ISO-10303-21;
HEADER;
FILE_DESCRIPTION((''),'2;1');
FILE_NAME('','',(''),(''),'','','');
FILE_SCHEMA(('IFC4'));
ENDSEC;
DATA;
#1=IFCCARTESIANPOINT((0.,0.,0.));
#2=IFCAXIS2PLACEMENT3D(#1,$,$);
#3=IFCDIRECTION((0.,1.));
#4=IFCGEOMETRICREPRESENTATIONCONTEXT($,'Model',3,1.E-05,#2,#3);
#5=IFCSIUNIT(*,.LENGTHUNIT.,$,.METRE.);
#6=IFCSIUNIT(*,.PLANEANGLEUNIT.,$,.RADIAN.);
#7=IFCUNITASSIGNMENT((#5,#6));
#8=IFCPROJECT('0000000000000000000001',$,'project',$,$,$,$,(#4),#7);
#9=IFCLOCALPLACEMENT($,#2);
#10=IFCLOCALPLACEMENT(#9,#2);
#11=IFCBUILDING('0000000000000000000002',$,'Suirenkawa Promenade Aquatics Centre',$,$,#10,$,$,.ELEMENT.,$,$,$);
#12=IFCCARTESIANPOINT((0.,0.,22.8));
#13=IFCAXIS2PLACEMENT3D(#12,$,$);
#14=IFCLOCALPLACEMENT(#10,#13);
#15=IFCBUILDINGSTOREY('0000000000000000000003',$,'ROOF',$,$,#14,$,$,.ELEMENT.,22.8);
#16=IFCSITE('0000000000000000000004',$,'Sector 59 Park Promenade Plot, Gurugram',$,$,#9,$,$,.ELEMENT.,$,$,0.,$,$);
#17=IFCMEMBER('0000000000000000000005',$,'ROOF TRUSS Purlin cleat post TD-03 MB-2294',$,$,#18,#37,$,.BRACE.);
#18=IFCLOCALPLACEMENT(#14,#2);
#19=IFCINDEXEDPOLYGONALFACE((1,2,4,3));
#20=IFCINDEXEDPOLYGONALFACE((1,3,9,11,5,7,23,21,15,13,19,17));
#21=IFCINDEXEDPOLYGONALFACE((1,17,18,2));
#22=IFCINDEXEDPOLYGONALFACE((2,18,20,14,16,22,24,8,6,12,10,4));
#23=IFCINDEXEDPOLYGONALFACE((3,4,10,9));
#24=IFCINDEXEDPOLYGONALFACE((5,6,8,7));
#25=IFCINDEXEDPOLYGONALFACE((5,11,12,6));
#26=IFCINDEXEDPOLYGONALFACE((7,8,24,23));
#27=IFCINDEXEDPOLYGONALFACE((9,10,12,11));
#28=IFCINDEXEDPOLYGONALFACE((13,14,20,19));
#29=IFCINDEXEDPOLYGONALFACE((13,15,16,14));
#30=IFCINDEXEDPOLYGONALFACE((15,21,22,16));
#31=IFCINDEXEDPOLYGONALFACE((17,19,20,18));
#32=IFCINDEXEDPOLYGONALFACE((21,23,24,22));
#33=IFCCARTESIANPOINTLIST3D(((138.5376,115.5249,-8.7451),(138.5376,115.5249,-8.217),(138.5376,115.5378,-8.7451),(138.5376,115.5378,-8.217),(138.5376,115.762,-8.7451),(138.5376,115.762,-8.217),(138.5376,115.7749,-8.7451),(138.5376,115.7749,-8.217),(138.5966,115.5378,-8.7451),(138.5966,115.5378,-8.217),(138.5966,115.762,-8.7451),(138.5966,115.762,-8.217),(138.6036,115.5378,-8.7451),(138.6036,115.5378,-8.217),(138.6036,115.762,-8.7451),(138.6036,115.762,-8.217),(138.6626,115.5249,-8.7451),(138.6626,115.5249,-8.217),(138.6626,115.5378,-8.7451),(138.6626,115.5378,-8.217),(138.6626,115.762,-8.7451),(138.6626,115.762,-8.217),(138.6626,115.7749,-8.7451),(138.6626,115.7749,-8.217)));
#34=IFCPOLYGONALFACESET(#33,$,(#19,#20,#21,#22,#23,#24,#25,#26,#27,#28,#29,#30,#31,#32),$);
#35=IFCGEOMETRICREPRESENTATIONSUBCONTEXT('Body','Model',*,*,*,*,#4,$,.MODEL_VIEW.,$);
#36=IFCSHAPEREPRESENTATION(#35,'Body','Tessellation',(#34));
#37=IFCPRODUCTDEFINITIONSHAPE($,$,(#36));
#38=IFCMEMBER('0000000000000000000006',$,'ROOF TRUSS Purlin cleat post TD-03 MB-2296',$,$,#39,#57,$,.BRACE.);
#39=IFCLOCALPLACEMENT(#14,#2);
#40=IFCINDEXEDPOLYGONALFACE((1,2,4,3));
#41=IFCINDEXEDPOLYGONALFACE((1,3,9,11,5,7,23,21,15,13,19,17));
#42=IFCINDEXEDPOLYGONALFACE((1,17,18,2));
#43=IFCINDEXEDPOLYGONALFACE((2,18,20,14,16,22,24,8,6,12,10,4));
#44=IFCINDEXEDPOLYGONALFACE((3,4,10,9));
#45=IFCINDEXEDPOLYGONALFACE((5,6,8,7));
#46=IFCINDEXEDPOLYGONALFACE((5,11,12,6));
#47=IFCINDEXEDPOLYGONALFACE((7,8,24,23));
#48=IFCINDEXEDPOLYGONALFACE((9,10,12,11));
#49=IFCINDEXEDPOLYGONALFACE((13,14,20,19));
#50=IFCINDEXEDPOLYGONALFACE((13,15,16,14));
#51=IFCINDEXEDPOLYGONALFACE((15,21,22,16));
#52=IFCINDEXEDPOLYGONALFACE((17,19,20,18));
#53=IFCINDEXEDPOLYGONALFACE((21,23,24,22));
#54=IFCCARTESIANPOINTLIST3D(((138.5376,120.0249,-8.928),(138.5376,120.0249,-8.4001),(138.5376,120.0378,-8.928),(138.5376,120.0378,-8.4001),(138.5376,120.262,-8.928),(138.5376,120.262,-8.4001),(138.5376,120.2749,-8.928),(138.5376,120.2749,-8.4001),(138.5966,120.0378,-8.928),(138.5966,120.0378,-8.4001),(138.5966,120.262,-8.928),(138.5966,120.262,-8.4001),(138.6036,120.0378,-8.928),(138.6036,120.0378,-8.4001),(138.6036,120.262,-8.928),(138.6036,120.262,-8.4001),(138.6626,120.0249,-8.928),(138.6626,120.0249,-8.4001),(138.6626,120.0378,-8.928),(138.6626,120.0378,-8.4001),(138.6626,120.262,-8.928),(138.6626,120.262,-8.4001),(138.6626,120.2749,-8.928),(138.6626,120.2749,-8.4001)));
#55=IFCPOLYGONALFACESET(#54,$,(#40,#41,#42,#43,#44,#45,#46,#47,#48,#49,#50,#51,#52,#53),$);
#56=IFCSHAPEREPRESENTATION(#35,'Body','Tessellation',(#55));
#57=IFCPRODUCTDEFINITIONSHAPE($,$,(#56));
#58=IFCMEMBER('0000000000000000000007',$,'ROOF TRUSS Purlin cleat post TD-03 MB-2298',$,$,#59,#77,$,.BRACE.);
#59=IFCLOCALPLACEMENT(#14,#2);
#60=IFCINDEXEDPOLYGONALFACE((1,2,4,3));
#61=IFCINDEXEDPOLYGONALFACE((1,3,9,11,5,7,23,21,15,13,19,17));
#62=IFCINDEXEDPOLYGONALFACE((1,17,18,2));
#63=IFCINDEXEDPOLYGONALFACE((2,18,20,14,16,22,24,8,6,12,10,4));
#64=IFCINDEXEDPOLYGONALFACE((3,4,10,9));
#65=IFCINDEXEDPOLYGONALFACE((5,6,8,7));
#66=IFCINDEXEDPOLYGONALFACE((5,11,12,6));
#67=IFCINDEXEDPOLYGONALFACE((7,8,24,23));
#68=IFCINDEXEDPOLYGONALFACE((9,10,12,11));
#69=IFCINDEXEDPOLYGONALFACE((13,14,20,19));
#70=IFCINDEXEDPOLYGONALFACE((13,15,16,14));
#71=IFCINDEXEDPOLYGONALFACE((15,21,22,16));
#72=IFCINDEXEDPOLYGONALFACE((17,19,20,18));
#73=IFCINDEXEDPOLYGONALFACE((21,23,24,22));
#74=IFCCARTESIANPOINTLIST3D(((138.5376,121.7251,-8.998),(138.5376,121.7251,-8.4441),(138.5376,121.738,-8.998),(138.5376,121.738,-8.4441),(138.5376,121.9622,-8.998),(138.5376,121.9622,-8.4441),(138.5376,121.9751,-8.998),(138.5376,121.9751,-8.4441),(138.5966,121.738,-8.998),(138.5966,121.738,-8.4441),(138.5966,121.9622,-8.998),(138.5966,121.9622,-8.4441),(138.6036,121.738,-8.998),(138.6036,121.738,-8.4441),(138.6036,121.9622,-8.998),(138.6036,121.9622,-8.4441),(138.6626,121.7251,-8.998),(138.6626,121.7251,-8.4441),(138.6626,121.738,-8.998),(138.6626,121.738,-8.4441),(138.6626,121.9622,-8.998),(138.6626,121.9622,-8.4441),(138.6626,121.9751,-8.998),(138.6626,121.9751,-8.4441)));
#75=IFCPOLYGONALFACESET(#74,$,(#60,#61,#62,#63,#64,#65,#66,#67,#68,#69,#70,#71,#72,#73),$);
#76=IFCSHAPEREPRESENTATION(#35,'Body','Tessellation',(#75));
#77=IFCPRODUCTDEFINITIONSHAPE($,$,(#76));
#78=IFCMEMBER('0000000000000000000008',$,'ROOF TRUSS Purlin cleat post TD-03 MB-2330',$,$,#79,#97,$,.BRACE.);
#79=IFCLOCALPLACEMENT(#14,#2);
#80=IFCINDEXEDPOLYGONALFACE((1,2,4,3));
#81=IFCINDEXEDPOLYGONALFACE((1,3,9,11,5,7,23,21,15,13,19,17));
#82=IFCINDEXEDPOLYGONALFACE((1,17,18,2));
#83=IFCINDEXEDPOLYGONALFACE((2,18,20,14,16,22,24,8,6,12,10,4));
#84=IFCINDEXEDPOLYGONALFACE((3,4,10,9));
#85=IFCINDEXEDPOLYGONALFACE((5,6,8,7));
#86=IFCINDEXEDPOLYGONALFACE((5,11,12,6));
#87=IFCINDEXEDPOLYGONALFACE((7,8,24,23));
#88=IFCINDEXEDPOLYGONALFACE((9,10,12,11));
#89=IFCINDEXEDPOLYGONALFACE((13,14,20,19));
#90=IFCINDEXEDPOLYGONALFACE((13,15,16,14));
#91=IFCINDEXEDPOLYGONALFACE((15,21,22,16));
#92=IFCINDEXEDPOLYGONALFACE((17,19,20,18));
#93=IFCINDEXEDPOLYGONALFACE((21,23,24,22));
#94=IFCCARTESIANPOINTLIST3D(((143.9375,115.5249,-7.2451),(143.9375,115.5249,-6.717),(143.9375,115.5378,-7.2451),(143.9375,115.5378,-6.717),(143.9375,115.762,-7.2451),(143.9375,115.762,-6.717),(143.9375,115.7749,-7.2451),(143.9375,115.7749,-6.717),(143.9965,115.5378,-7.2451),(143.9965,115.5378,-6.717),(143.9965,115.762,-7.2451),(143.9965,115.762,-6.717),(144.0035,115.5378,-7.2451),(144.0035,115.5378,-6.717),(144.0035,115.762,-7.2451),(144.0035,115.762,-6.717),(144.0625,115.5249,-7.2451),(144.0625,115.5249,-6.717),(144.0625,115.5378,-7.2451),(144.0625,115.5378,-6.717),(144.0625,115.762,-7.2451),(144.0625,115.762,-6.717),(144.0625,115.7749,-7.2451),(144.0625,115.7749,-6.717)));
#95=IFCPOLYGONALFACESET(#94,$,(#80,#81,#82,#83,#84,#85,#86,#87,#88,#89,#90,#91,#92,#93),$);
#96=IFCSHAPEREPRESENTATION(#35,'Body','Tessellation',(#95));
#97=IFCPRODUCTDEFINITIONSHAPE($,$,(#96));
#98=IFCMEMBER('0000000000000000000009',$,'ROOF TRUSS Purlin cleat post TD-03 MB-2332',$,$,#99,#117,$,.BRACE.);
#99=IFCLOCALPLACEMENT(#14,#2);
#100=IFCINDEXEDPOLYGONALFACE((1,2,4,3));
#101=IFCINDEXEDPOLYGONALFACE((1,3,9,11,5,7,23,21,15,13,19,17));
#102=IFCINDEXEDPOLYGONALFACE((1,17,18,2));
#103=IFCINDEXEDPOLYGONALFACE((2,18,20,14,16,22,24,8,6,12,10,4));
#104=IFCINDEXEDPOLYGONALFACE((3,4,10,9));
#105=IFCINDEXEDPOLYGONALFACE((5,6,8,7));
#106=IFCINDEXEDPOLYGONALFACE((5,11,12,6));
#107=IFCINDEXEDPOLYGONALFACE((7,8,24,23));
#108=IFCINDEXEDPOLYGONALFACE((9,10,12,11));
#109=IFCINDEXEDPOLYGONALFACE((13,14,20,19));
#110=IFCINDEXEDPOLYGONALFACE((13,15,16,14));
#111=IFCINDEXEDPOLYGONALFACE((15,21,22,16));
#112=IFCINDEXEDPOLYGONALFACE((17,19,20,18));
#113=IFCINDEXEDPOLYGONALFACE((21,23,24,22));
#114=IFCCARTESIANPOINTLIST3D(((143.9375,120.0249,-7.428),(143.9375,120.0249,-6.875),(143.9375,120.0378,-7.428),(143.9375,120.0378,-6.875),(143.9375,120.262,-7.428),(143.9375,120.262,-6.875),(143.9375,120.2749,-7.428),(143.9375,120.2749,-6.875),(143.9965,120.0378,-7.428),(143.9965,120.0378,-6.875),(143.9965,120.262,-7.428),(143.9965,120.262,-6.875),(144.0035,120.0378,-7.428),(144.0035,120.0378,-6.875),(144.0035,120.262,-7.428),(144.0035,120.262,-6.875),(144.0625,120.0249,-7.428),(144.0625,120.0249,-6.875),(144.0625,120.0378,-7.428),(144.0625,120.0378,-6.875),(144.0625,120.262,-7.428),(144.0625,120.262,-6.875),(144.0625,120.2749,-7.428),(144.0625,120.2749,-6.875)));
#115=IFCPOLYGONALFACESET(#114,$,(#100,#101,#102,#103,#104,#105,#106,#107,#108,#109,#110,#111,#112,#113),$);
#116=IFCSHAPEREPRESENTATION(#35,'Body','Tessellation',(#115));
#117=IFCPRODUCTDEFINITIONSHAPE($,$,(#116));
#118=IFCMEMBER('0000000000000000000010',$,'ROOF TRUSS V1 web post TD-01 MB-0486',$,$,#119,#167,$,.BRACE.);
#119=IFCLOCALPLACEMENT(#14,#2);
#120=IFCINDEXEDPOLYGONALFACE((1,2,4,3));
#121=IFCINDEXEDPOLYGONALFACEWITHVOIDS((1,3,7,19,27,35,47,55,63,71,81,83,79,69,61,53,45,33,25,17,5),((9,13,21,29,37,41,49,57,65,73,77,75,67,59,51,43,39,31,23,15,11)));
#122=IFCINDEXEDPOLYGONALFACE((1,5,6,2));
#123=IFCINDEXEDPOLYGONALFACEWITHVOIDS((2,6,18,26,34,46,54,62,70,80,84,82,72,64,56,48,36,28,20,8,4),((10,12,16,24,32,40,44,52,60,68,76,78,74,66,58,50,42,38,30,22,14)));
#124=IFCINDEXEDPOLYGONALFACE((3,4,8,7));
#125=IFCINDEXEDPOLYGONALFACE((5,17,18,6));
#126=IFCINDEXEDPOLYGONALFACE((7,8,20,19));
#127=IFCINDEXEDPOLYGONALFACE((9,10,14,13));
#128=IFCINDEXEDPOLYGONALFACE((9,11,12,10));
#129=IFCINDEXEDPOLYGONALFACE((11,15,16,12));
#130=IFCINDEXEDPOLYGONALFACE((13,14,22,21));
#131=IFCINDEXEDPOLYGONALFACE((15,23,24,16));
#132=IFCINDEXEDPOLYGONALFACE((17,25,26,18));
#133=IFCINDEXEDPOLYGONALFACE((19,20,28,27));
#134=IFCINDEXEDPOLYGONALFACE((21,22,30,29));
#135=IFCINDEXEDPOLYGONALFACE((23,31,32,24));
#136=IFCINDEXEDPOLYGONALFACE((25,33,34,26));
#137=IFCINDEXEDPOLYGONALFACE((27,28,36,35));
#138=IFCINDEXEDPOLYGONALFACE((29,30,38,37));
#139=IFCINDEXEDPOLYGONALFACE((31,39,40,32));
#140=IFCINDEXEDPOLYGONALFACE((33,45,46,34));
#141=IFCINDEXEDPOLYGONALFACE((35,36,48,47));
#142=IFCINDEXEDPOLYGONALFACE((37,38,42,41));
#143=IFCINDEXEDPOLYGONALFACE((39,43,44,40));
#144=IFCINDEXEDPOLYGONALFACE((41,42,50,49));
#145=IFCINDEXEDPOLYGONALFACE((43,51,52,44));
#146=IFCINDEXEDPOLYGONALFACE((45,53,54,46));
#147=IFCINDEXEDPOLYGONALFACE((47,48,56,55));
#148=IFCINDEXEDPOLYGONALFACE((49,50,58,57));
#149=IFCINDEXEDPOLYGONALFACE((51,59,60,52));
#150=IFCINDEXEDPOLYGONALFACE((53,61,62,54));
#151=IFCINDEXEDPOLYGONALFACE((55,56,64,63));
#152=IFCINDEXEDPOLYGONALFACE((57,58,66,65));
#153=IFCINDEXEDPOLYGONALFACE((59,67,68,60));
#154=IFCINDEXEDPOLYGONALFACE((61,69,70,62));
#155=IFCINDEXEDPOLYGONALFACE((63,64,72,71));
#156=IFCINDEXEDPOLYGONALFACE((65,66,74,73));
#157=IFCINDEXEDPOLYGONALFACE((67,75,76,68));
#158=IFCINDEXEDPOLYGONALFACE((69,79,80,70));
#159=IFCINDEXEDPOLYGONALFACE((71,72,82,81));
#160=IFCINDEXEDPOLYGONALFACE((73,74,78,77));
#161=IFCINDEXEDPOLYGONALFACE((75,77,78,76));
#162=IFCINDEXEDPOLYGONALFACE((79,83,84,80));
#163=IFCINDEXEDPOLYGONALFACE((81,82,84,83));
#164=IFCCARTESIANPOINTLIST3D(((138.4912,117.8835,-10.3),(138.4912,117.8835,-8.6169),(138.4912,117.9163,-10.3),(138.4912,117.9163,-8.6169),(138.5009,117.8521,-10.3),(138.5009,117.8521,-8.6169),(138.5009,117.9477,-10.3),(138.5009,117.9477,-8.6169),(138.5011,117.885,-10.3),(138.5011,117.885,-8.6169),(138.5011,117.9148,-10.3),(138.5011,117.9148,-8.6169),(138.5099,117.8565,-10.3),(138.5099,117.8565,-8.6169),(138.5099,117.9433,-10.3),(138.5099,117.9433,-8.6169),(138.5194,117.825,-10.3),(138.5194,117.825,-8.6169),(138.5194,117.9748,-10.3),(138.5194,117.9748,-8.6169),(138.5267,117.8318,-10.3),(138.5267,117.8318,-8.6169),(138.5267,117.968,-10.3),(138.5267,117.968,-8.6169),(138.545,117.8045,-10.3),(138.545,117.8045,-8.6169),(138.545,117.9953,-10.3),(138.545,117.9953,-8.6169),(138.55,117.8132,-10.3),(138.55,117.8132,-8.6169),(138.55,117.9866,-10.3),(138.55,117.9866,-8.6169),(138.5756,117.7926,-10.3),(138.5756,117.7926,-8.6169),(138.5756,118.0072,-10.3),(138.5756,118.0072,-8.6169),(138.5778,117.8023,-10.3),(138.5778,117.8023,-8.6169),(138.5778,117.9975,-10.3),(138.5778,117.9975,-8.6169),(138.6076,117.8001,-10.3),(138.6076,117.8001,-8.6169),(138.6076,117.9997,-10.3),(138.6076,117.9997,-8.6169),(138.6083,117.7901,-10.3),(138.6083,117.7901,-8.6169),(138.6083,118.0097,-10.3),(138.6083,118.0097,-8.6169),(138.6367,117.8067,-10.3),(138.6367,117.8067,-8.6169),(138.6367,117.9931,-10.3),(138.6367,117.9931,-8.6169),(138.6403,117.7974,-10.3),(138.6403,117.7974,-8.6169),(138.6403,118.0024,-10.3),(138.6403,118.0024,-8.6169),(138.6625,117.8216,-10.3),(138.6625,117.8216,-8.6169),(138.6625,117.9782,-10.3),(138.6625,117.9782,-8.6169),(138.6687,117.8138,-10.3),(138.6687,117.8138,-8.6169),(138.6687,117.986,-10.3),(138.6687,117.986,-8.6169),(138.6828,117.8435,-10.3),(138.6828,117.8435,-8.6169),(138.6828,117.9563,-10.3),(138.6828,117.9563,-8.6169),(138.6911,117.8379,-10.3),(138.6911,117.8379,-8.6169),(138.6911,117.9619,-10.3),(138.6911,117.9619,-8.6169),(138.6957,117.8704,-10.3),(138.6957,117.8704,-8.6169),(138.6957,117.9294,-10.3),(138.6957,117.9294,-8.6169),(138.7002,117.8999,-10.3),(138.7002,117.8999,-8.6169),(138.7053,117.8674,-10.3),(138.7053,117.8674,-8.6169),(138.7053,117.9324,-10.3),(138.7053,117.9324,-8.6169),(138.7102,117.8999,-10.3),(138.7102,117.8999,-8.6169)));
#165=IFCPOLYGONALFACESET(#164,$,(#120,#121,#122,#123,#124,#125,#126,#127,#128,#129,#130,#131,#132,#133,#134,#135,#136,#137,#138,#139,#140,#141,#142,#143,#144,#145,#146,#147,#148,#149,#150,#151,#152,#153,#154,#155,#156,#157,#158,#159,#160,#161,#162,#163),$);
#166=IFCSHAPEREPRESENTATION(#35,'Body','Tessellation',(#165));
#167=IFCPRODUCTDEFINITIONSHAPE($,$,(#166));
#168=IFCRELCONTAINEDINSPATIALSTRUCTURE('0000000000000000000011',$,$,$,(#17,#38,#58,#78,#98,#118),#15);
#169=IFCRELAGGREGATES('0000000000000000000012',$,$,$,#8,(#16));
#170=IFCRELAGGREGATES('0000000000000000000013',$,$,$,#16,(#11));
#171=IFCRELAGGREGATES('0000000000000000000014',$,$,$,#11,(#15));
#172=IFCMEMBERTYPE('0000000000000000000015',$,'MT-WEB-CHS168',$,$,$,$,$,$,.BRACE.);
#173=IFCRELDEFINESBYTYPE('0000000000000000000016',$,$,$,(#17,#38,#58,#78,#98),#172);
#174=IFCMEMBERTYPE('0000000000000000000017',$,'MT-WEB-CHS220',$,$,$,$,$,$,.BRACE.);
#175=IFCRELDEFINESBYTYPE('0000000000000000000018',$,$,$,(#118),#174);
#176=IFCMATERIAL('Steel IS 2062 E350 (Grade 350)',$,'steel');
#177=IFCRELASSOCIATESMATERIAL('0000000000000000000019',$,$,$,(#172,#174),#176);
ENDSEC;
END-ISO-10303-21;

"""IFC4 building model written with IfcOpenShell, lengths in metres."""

from ifc_helpers import new_model, si_unit, direction, frame, origin, origin_2d, place, context, subcontext, project, spatial, hollow_circle, i_section, extrude, material, material_profile, profile_set, type_object, element, save


model = new_model("IFC4")

# Units and contexts
model_context = context("Model", 3, precision=1e-05, world=origin(), true_north=direction((0.0, 1.0)))
body_context = subcontext(model_context, "Body", "Model", "MODEL_VIEW")
ifc_project = project(units=[si_unit("LENGTHUNIT", "METRE"), si_unit("PLANEANGLEUNIT", "RADIAN")], contexts=[model_context])

# Site, building, storey
site_placement = place(None, origin())
site = spatial("IfcSite", under=ifc_project, at=site_placement, Name="Sector 59 Park Promenade Plot, Gurugram", CompositionType="ELEMENT", RefElevation=0.0)
building_placement = place(site_placement, origin())
building = spatial("IfcBuilding", under=site, at=building_placement, Name="Suirenkawa Promenade Aquatics Centre", CompositionType="ELEMENT")
storey_placement = place(building_placement, frame((0.0, 0.0, 22.8)))
storey = spatial("IfcBuildingStorey", under=building, at=storey_placement, Name="ROOF", CompositionType="ELEMENT", Elevation=22.8)

# Shared definitions
ifc_material = material(Name="Steel IS 2062 E350 (Grade 350)", Category="steel")

# Members
ifc_material_profile_1 = material_profile(ifc_material, i_section(OverallWidth=0.125, OverallDepth=0.25, WebThickness=0.0071, FlangeThickness=0.0129, at=origin_2d()), Name="ISMB 250", Category="steel")
ifc_profile_set_1 = profile_set([ifc_material_profile_1], Name="Steel IS 2062 E350 (Grade 350)")
member_type_1 = type_object("IfcMemberType", Name="MT-WEB-CHS168", PredefinedType="BRACE", material=ifc_profile_set_1)
member_1_placement = place(storey_placement, frame((138.6001, 115.6499, -8.7451), z_axis=(0.0, 0.0, 1.0), x_axis=(1.0, 0.0, 0.0)))
element("IfcMember", 1, at=member_1_placement, inside=storey, type_object=member_type_1, Name="ROOF TRUSS Purlin cleat post TD-03 MB-2294", PredefinedType="BRACE", context=body_context, shape_type="SweptSolid", body=[
    extrude(i_section(OverallWidth=0.125, OverallDepth=0.25, WebThickness=0.0071, FlangeThickness=0.0129, at=origin_2d()), origin(), (0.0, 0.0, 1.0), 0.5281),
])
member_2_placement = place(storey_placement, frame((138.6001, 120.1499, -8.928), z_axis=(0.0, 0.0, 1.0), x_axis=(1.0, 0.0, 0.0)))
element("IfcMember", 2, at=member_2_placement, inside=storey, type_object=member_type_1, Name="ROOF TRUSS Purlin cleat post TD-03 MB-2296", PredefinedType="BRACE", context=body_context, shape_type="SweptSolid", body=[
    extrude(i_section(OverallWidth=0.125, OverallDepth=0.25, WebThickness=0.0071, FlangeThickness=0.0129, at=origin_2d()), origin(), (0.0, 0.0, 1.0), 0.5278),
])
member_3_placement = place(storey_placement, frame((138.6001, 121.8501, -8.998), z_axis=(0.0, 0.0, 1.0), x_axis=(1.0, 0.0, 0.0)))
element("IfcMember", 3, at=member_3_placement, inside=storey, type_object=member_type_1, Name="ROOF TRUSS Purlin cleat post TD-03 MB-2298", PredefinedType="BRACE", context=body_context, shape_type="SweptSolid", body=[
    extrude(i_section(OverallWidth=0.125, OverallDepth=0.25, WebThickness=0.0071, FlangeThickness=0.0129, at=origin_2d()), origin(), (0.0, 0.0, 1.0), 0.554),
])
member_4_placement = place(storey_placement, frame((144.0, 115.6499, -7.2451), z_axis=(0.0, 0.0, 1.0), x_axis=(1.0, 0.0, 0.0)))
element("IfcMember", 4, at=member_4_placement, inside=storey, type_object=member_type_1, Name="ROOF TRUSS Purlin cleat post TD-03 MB-2330", PredefinedType="BRACE", context=body_context, shape_type="SweptSolid", body=[
    extrude(i_section(OverallWidth=0.125, OverallDepth=0.25, WebThickness=0.0071, FlangeThickness=0.0129, at=origin_2d()), origin(), (0.0, 0.0, 1.0), 0.5281),
])
member_5_placement = place(storey_placement, frame((144.0, 120.1499, -7.428), z_axis=(0.0, 0.0, 1.0), x_axis=(1.0, 0.0, 0.0)))
element("IfcMember", 5, at=member_5_placement, inside=storey, type_object=member_type_1, Name="ROOF TRUSS Purlin cleat post TD-03 MB-2332", PredefinedType="BRACE", context=body_context, shape_type="SweptSolid", body=[
    extrude(i_section(OverallWidth=0.125, OverallDepth=0.25, WebThickness=0.0071, FlangeThickness=0.0129, at=origin_2d()), origin(), (0.0, 0.0, 1.0), 0.553),
])
ifc_material_profile_2 = material_profile(ifc_material, hollow_circle(Radius=0.1101, WallThickness=0.01, at=origin_2d()), Name="CHS 220x10", Category="steel")
ifc_profile_set_2 = profile_set([ifc_material_profile_2], Name="Steel IS 2062 E350 (Grade 350)")
member_type_2 = type_object("IfcMemberType", Name="MT-WEB-CHS220", PredefinedType="BRACE", material=ifc_profile_set_2)
member_6_placement = place(storey_placement, frame((138.6001, 117.8999, -10.3), z_axis=(0.0, 0.0, 1.0), x_axis=(1.0, 0.0, 0.0)))
element("IfcMember", 6, at=member_6_placement, inside=storey, type_object=member_type_2, Name="ROOF TRUSS V1 web post TD-01 MB-0486", PredefinedType="BRACE", context=body_context, shape_type="SweptSolid", body=[
    extrude(hollow_circle(Radius=0.1101, WallThickness=0.01, at=origin_2d()), origin(), (0.0, 0.0, 1.0), 1.6831),
])

save(model, "model.ifc")
